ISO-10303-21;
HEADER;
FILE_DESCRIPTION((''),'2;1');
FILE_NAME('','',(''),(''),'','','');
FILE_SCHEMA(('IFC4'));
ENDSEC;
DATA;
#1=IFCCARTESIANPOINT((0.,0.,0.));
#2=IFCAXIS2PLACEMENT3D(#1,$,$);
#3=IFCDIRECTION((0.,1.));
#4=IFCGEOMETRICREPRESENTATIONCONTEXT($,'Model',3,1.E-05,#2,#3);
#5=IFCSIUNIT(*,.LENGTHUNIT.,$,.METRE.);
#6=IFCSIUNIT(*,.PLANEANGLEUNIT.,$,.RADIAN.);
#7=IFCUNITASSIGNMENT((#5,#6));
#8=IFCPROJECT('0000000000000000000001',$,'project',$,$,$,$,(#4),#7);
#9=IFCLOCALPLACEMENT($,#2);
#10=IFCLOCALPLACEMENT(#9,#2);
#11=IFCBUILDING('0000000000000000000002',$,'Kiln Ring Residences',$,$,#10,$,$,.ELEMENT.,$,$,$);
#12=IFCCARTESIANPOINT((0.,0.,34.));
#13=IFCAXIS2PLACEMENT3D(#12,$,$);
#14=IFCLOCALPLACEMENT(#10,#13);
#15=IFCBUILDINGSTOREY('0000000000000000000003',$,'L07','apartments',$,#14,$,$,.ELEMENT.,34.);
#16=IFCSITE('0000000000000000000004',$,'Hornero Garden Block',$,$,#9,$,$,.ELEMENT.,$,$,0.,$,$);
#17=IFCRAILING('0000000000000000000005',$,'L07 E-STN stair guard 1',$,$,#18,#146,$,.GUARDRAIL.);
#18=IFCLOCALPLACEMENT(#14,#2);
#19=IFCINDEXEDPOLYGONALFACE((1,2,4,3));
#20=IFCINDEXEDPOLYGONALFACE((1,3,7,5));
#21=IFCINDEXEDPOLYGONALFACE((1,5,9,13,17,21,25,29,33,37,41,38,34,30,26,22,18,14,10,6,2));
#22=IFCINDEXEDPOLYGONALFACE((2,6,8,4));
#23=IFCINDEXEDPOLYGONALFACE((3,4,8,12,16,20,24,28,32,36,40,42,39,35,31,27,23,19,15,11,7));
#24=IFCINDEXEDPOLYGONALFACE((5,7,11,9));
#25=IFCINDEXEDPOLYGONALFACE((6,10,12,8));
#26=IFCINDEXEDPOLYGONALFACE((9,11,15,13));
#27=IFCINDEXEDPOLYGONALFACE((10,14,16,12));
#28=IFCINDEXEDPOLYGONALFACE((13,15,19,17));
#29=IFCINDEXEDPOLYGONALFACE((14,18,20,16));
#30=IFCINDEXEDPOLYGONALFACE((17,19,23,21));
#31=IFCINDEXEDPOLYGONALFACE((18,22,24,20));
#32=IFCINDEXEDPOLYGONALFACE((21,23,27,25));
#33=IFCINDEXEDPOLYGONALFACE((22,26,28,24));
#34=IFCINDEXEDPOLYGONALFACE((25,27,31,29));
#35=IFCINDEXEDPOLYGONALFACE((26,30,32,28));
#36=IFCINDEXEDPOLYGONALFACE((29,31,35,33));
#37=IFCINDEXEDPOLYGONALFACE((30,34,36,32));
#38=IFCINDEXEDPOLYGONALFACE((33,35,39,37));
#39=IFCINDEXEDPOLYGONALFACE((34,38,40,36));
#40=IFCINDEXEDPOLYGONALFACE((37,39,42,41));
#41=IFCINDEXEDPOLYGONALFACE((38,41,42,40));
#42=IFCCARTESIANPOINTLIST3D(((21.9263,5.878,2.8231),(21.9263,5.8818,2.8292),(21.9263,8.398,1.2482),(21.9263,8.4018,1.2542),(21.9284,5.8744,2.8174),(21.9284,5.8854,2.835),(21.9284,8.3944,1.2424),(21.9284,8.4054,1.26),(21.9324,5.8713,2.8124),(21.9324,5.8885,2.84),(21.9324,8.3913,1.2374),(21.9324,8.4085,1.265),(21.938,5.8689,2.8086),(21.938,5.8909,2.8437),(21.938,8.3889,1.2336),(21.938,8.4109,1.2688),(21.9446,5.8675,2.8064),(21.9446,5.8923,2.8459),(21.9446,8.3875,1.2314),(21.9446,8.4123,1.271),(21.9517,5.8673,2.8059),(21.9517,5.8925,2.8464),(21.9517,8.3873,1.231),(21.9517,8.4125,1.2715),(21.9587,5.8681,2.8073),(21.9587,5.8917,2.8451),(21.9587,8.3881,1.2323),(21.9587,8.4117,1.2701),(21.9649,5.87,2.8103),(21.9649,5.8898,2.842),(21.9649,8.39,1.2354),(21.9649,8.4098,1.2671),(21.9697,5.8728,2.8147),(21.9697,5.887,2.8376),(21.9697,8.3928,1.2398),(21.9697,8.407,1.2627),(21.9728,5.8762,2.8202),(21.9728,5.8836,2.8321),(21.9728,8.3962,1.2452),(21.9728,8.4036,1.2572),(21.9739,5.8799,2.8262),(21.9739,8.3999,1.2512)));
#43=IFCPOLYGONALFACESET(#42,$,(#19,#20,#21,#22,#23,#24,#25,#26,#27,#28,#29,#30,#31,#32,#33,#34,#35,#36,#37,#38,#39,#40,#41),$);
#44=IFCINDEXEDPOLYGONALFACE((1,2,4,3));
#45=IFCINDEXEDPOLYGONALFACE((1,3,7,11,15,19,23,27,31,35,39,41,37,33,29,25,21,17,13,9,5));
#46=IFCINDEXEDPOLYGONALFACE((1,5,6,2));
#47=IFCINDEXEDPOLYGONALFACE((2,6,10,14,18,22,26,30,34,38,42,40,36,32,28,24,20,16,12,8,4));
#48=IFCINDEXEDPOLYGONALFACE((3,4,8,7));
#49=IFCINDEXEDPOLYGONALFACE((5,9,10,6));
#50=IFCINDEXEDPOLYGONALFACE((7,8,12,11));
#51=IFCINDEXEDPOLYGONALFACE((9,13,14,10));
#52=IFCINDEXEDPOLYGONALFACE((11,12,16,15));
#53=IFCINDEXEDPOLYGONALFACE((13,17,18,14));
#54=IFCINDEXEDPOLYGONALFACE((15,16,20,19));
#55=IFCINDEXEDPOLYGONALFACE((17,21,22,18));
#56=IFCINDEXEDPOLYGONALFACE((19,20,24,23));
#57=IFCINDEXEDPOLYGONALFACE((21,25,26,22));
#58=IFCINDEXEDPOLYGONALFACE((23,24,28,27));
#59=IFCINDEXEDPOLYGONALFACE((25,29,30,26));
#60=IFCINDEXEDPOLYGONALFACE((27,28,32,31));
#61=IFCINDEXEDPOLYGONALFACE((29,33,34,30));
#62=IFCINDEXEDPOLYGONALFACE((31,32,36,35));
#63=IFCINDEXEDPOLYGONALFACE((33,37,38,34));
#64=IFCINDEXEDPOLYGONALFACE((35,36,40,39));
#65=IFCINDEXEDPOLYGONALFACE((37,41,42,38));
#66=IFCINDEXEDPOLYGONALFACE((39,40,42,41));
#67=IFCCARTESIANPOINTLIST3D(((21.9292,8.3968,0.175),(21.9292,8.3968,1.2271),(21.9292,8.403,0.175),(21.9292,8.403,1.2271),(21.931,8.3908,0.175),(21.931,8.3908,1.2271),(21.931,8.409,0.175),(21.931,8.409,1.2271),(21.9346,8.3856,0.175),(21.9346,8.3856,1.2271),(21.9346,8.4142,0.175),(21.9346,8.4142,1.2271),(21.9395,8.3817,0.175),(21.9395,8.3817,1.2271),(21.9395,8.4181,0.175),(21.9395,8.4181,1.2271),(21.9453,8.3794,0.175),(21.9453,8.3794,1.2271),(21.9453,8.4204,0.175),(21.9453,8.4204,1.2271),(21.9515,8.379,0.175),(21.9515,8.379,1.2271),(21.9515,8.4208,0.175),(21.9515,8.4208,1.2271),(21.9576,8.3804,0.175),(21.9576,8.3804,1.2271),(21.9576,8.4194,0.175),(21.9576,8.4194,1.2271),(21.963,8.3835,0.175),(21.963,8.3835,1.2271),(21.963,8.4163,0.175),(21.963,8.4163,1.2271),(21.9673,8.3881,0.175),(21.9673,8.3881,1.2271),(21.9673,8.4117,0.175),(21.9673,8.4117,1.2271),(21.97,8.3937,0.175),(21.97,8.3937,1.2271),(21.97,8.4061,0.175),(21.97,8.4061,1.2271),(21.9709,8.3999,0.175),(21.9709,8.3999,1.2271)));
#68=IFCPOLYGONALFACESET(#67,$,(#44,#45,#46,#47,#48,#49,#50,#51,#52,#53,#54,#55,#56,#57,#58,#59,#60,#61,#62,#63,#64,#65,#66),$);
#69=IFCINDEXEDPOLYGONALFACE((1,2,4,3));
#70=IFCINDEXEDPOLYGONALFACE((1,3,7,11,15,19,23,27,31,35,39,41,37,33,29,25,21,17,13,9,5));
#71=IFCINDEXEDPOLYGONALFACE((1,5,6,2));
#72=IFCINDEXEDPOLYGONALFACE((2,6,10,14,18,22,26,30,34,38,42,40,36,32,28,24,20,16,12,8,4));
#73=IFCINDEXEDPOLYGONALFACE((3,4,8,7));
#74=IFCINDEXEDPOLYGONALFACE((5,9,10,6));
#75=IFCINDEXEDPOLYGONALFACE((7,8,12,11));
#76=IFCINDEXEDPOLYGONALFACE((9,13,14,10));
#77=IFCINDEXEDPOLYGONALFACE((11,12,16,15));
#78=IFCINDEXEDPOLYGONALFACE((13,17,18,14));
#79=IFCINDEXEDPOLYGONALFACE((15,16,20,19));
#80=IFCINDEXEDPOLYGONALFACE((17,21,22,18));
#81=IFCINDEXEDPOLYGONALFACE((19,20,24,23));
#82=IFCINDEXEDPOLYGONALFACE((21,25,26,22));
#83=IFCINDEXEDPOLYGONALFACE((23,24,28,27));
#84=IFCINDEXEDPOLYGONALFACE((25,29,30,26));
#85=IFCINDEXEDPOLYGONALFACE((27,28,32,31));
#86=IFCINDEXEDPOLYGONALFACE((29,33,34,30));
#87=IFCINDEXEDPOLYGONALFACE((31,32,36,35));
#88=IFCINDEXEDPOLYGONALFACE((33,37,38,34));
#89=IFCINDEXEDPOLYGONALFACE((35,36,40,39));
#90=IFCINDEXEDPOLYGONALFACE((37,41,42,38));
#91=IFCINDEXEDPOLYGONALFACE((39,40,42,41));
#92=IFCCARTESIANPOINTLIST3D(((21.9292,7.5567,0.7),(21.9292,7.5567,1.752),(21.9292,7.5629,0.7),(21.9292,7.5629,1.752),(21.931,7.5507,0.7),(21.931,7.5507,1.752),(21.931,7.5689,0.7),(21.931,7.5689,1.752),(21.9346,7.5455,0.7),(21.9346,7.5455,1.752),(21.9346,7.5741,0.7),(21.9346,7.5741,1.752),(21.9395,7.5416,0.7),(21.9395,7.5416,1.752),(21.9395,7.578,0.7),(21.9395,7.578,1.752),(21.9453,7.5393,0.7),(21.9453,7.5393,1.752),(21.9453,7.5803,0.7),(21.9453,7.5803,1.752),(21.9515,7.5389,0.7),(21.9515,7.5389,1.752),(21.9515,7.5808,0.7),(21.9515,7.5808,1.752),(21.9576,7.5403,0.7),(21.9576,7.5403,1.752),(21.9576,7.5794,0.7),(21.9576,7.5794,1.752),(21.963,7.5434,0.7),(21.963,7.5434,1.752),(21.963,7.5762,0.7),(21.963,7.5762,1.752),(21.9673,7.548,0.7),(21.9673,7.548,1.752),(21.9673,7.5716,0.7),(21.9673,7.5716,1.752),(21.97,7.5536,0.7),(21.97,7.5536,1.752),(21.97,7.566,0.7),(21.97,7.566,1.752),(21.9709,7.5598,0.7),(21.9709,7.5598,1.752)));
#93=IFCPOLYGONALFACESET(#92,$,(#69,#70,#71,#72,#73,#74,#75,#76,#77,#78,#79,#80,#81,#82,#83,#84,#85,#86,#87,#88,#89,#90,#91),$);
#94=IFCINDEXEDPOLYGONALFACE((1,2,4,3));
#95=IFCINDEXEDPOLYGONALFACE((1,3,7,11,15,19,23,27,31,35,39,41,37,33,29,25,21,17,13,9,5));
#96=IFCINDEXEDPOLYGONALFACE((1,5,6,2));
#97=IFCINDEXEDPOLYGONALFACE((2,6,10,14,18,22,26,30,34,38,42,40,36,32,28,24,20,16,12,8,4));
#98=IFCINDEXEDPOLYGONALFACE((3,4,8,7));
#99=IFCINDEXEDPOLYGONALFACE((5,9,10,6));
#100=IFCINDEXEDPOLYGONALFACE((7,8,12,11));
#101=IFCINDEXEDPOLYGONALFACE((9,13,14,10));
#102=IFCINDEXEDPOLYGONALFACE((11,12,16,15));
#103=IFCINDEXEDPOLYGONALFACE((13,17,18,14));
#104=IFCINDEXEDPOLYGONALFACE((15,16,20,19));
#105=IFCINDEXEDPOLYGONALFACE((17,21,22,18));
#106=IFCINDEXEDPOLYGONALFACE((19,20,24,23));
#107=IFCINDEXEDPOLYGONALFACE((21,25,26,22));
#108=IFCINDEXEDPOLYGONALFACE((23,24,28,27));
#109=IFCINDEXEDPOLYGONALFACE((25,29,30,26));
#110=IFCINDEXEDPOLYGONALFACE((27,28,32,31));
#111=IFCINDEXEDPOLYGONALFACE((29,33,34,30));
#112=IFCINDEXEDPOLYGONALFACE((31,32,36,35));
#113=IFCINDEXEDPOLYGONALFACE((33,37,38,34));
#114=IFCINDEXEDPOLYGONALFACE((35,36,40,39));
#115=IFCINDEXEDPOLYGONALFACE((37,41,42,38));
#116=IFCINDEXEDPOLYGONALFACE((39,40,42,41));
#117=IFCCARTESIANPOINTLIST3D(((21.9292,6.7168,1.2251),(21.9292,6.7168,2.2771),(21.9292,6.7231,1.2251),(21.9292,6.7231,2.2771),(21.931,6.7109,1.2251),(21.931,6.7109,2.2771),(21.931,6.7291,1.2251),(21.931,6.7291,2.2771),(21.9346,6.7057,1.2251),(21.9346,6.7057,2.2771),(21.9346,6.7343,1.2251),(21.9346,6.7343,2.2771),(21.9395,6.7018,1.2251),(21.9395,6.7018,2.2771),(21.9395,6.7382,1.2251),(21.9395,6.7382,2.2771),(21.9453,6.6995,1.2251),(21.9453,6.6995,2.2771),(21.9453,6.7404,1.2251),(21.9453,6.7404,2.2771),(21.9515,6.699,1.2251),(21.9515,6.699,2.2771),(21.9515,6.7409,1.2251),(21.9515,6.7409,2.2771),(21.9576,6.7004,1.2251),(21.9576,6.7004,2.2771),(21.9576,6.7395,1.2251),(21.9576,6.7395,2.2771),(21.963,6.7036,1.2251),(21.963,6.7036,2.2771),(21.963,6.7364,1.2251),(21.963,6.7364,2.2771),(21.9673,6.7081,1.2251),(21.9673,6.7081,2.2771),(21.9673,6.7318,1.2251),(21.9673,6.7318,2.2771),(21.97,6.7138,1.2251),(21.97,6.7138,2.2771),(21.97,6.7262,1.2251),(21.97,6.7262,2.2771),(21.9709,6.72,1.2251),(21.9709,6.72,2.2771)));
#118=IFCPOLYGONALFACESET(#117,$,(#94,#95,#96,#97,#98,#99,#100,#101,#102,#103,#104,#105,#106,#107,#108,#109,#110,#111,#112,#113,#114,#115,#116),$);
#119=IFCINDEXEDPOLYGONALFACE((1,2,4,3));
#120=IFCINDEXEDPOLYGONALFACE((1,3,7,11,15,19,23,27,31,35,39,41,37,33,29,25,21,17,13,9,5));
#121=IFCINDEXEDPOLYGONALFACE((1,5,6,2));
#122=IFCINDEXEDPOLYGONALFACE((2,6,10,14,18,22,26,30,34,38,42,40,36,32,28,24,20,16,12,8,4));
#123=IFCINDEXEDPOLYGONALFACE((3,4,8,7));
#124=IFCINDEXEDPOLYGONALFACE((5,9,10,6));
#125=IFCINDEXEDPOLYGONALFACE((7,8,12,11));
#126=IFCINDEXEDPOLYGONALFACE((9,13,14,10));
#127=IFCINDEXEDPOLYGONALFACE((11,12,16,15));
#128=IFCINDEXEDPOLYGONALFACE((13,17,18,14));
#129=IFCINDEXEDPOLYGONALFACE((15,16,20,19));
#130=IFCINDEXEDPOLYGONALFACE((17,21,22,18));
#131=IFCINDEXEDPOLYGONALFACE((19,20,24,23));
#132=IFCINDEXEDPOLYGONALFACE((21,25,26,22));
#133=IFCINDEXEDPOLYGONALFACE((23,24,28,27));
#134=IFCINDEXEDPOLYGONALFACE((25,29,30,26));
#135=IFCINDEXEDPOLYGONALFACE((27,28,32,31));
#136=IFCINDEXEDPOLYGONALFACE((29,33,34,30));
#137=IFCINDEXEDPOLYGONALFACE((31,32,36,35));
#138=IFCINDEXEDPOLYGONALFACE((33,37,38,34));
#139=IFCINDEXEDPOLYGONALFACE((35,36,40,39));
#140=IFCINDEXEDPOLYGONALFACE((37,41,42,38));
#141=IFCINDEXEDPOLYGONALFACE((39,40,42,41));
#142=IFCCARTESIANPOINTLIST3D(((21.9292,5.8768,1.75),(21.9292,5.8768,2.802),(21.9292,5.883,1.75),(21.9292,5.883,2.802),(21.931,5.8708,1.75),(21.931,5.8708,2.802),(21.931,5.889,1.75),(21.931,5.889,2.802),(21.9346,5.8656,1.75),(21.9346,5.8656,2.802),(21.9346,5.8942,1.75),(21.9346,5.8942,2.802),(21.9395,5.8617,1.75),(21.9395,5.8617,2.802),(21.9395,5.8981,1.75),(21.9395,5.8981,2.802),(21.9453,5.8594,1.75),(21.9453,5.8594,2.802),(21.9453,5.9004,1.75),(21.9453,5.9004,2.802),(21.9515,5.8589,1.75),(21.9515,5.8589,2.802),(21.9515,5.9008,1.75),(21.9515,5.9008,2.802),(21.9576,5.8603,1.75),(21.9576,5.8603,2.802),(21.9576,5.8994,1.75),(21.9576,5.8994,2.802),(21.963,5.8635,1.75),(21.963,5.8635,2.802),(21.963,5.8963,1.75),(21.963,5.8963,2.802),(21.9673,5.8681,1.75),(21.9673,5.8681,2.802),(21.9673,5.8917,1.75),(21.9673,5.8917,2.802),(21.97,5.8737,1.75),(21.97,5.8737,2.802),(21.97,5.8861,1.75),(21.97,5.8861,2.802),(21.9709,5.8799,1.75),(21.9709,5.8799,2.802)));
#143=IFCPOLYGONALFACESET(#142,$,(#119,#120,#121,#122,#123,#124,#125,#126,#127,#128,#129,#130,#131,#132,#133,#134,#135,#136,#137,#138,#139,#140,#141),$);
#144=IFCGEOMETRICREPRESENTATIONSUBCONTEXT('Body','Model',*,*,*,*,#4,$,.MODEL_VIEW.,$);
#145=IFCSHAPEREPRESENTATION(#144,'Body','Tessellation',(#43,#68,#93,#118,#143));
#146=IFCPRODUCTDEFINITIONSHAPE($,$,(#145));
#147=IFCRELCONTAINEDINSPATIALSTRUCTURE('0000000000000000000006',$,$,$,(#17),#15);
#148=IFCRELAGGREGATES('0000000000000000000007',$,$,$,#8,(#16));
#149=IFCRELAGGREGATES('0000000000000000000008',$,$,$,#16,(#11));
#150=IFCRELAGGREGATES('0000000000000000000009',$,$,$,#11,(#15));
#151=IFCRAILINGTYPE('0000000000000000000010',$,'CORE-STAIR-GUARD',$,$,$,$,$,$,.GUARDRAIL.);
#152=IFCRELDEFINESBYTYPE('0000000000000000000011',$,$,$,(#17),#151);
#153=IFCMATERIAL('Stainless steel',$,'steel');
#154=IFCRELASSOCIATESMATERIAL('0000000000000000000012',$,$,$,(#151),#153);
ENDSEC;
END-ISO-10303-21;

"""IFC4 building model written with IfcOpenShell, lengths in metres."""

from ifc_helpers import new_model, si_unit, direction, frame, origin, origin_2d, place, context, subcontext, project, spatial, circle, extrude, material, type_object, element, save


model = new_model("IFC4")

# Units and contexts
model_context = context("Model", 3, precision=1e-05, world=origin(), true_north=direction((0.0, 1.0)))
body_context = subcontext(model_context, "Body", "Model", "MODEL_VIEW")
ifc_project = project(units=[si_unit("LENGTHUNIT", "METRE"), si_unit("PLANEANGLEUNIT", "RADIAN")], contexts=[model_context])

# Site, building, storey
site_placement = place(None, origin())
site = spatial("IfcSite", under=ifc_project, at=site_placement, Name="Hornero Garden Block", CompositionType="ELEMENT", RefElevation=0.0)
building_placement = place(site_placement, origin())
building = spatial("IfcBuilding", under=site, at=building_placement, Name="Kiln Ring Residences", CompositionType="ELEMENT")
storey_placement = place(building_placement, frame((0.0, 0.0, 34.0)))
storey = spatial("IfcBuildingStorey", under=building, at=storey_placement, Name="L07", Description="apartments", CompositionType="ELEMENT", Elevation=34.0)

# Railing
ifc_material_1 = material(Name="Stainless steel", Category="steel")
railing_type_1 = type_object("IfcRailingType", Name="CORE-STAIR-GUARD", PredefinedType="GUARDRAIL", material=ifc_material_1)
railing_1_placement = place(storey_placement, frame((21.95, 8.3999, 0.175)))
element("IfcRailing", 1, at=railing_1_placement, inside=storey, type_object=railing_type_1, Name="L07 E-STN stair guard 1", PredefinedType="GUARDRAIL", context=body_context, shape_type="SweptSolid", body=[
    extrude(circle(Radius=0.0239, at=origin_2d()), frame((0.0, 0.0, 1.0762), z_axis=(0.0, -0.848008, 0.529984), x_axis=(1.0, 0.0, 0.0)), (0.0, 0.0, 1.0), 2.9717),
    extrude(circle(Radius=0.021, at=origin_2d()), origin(), (0.0, 0.0, 1.0), 1.052),
    extrude(circle(Radius=0.021, at=origin_2d()), frame((0.0, -0.8401, 0.5249)), (0.0, 0.0, 1.0), 1.052),
    extrude(circle(Radius=0.021, at=origin_2d()), frame((0.0, -1.6799, 1.05)), (0.0, 0.0, 1.0), 1.052),
    extrude(circle(Radius=0.021, at=origin_2d()), frame((0.0, -2.52, 1.575)), (0.0, 0.0, 1.0), 1.052),
])

save(model, "model.ifc")
